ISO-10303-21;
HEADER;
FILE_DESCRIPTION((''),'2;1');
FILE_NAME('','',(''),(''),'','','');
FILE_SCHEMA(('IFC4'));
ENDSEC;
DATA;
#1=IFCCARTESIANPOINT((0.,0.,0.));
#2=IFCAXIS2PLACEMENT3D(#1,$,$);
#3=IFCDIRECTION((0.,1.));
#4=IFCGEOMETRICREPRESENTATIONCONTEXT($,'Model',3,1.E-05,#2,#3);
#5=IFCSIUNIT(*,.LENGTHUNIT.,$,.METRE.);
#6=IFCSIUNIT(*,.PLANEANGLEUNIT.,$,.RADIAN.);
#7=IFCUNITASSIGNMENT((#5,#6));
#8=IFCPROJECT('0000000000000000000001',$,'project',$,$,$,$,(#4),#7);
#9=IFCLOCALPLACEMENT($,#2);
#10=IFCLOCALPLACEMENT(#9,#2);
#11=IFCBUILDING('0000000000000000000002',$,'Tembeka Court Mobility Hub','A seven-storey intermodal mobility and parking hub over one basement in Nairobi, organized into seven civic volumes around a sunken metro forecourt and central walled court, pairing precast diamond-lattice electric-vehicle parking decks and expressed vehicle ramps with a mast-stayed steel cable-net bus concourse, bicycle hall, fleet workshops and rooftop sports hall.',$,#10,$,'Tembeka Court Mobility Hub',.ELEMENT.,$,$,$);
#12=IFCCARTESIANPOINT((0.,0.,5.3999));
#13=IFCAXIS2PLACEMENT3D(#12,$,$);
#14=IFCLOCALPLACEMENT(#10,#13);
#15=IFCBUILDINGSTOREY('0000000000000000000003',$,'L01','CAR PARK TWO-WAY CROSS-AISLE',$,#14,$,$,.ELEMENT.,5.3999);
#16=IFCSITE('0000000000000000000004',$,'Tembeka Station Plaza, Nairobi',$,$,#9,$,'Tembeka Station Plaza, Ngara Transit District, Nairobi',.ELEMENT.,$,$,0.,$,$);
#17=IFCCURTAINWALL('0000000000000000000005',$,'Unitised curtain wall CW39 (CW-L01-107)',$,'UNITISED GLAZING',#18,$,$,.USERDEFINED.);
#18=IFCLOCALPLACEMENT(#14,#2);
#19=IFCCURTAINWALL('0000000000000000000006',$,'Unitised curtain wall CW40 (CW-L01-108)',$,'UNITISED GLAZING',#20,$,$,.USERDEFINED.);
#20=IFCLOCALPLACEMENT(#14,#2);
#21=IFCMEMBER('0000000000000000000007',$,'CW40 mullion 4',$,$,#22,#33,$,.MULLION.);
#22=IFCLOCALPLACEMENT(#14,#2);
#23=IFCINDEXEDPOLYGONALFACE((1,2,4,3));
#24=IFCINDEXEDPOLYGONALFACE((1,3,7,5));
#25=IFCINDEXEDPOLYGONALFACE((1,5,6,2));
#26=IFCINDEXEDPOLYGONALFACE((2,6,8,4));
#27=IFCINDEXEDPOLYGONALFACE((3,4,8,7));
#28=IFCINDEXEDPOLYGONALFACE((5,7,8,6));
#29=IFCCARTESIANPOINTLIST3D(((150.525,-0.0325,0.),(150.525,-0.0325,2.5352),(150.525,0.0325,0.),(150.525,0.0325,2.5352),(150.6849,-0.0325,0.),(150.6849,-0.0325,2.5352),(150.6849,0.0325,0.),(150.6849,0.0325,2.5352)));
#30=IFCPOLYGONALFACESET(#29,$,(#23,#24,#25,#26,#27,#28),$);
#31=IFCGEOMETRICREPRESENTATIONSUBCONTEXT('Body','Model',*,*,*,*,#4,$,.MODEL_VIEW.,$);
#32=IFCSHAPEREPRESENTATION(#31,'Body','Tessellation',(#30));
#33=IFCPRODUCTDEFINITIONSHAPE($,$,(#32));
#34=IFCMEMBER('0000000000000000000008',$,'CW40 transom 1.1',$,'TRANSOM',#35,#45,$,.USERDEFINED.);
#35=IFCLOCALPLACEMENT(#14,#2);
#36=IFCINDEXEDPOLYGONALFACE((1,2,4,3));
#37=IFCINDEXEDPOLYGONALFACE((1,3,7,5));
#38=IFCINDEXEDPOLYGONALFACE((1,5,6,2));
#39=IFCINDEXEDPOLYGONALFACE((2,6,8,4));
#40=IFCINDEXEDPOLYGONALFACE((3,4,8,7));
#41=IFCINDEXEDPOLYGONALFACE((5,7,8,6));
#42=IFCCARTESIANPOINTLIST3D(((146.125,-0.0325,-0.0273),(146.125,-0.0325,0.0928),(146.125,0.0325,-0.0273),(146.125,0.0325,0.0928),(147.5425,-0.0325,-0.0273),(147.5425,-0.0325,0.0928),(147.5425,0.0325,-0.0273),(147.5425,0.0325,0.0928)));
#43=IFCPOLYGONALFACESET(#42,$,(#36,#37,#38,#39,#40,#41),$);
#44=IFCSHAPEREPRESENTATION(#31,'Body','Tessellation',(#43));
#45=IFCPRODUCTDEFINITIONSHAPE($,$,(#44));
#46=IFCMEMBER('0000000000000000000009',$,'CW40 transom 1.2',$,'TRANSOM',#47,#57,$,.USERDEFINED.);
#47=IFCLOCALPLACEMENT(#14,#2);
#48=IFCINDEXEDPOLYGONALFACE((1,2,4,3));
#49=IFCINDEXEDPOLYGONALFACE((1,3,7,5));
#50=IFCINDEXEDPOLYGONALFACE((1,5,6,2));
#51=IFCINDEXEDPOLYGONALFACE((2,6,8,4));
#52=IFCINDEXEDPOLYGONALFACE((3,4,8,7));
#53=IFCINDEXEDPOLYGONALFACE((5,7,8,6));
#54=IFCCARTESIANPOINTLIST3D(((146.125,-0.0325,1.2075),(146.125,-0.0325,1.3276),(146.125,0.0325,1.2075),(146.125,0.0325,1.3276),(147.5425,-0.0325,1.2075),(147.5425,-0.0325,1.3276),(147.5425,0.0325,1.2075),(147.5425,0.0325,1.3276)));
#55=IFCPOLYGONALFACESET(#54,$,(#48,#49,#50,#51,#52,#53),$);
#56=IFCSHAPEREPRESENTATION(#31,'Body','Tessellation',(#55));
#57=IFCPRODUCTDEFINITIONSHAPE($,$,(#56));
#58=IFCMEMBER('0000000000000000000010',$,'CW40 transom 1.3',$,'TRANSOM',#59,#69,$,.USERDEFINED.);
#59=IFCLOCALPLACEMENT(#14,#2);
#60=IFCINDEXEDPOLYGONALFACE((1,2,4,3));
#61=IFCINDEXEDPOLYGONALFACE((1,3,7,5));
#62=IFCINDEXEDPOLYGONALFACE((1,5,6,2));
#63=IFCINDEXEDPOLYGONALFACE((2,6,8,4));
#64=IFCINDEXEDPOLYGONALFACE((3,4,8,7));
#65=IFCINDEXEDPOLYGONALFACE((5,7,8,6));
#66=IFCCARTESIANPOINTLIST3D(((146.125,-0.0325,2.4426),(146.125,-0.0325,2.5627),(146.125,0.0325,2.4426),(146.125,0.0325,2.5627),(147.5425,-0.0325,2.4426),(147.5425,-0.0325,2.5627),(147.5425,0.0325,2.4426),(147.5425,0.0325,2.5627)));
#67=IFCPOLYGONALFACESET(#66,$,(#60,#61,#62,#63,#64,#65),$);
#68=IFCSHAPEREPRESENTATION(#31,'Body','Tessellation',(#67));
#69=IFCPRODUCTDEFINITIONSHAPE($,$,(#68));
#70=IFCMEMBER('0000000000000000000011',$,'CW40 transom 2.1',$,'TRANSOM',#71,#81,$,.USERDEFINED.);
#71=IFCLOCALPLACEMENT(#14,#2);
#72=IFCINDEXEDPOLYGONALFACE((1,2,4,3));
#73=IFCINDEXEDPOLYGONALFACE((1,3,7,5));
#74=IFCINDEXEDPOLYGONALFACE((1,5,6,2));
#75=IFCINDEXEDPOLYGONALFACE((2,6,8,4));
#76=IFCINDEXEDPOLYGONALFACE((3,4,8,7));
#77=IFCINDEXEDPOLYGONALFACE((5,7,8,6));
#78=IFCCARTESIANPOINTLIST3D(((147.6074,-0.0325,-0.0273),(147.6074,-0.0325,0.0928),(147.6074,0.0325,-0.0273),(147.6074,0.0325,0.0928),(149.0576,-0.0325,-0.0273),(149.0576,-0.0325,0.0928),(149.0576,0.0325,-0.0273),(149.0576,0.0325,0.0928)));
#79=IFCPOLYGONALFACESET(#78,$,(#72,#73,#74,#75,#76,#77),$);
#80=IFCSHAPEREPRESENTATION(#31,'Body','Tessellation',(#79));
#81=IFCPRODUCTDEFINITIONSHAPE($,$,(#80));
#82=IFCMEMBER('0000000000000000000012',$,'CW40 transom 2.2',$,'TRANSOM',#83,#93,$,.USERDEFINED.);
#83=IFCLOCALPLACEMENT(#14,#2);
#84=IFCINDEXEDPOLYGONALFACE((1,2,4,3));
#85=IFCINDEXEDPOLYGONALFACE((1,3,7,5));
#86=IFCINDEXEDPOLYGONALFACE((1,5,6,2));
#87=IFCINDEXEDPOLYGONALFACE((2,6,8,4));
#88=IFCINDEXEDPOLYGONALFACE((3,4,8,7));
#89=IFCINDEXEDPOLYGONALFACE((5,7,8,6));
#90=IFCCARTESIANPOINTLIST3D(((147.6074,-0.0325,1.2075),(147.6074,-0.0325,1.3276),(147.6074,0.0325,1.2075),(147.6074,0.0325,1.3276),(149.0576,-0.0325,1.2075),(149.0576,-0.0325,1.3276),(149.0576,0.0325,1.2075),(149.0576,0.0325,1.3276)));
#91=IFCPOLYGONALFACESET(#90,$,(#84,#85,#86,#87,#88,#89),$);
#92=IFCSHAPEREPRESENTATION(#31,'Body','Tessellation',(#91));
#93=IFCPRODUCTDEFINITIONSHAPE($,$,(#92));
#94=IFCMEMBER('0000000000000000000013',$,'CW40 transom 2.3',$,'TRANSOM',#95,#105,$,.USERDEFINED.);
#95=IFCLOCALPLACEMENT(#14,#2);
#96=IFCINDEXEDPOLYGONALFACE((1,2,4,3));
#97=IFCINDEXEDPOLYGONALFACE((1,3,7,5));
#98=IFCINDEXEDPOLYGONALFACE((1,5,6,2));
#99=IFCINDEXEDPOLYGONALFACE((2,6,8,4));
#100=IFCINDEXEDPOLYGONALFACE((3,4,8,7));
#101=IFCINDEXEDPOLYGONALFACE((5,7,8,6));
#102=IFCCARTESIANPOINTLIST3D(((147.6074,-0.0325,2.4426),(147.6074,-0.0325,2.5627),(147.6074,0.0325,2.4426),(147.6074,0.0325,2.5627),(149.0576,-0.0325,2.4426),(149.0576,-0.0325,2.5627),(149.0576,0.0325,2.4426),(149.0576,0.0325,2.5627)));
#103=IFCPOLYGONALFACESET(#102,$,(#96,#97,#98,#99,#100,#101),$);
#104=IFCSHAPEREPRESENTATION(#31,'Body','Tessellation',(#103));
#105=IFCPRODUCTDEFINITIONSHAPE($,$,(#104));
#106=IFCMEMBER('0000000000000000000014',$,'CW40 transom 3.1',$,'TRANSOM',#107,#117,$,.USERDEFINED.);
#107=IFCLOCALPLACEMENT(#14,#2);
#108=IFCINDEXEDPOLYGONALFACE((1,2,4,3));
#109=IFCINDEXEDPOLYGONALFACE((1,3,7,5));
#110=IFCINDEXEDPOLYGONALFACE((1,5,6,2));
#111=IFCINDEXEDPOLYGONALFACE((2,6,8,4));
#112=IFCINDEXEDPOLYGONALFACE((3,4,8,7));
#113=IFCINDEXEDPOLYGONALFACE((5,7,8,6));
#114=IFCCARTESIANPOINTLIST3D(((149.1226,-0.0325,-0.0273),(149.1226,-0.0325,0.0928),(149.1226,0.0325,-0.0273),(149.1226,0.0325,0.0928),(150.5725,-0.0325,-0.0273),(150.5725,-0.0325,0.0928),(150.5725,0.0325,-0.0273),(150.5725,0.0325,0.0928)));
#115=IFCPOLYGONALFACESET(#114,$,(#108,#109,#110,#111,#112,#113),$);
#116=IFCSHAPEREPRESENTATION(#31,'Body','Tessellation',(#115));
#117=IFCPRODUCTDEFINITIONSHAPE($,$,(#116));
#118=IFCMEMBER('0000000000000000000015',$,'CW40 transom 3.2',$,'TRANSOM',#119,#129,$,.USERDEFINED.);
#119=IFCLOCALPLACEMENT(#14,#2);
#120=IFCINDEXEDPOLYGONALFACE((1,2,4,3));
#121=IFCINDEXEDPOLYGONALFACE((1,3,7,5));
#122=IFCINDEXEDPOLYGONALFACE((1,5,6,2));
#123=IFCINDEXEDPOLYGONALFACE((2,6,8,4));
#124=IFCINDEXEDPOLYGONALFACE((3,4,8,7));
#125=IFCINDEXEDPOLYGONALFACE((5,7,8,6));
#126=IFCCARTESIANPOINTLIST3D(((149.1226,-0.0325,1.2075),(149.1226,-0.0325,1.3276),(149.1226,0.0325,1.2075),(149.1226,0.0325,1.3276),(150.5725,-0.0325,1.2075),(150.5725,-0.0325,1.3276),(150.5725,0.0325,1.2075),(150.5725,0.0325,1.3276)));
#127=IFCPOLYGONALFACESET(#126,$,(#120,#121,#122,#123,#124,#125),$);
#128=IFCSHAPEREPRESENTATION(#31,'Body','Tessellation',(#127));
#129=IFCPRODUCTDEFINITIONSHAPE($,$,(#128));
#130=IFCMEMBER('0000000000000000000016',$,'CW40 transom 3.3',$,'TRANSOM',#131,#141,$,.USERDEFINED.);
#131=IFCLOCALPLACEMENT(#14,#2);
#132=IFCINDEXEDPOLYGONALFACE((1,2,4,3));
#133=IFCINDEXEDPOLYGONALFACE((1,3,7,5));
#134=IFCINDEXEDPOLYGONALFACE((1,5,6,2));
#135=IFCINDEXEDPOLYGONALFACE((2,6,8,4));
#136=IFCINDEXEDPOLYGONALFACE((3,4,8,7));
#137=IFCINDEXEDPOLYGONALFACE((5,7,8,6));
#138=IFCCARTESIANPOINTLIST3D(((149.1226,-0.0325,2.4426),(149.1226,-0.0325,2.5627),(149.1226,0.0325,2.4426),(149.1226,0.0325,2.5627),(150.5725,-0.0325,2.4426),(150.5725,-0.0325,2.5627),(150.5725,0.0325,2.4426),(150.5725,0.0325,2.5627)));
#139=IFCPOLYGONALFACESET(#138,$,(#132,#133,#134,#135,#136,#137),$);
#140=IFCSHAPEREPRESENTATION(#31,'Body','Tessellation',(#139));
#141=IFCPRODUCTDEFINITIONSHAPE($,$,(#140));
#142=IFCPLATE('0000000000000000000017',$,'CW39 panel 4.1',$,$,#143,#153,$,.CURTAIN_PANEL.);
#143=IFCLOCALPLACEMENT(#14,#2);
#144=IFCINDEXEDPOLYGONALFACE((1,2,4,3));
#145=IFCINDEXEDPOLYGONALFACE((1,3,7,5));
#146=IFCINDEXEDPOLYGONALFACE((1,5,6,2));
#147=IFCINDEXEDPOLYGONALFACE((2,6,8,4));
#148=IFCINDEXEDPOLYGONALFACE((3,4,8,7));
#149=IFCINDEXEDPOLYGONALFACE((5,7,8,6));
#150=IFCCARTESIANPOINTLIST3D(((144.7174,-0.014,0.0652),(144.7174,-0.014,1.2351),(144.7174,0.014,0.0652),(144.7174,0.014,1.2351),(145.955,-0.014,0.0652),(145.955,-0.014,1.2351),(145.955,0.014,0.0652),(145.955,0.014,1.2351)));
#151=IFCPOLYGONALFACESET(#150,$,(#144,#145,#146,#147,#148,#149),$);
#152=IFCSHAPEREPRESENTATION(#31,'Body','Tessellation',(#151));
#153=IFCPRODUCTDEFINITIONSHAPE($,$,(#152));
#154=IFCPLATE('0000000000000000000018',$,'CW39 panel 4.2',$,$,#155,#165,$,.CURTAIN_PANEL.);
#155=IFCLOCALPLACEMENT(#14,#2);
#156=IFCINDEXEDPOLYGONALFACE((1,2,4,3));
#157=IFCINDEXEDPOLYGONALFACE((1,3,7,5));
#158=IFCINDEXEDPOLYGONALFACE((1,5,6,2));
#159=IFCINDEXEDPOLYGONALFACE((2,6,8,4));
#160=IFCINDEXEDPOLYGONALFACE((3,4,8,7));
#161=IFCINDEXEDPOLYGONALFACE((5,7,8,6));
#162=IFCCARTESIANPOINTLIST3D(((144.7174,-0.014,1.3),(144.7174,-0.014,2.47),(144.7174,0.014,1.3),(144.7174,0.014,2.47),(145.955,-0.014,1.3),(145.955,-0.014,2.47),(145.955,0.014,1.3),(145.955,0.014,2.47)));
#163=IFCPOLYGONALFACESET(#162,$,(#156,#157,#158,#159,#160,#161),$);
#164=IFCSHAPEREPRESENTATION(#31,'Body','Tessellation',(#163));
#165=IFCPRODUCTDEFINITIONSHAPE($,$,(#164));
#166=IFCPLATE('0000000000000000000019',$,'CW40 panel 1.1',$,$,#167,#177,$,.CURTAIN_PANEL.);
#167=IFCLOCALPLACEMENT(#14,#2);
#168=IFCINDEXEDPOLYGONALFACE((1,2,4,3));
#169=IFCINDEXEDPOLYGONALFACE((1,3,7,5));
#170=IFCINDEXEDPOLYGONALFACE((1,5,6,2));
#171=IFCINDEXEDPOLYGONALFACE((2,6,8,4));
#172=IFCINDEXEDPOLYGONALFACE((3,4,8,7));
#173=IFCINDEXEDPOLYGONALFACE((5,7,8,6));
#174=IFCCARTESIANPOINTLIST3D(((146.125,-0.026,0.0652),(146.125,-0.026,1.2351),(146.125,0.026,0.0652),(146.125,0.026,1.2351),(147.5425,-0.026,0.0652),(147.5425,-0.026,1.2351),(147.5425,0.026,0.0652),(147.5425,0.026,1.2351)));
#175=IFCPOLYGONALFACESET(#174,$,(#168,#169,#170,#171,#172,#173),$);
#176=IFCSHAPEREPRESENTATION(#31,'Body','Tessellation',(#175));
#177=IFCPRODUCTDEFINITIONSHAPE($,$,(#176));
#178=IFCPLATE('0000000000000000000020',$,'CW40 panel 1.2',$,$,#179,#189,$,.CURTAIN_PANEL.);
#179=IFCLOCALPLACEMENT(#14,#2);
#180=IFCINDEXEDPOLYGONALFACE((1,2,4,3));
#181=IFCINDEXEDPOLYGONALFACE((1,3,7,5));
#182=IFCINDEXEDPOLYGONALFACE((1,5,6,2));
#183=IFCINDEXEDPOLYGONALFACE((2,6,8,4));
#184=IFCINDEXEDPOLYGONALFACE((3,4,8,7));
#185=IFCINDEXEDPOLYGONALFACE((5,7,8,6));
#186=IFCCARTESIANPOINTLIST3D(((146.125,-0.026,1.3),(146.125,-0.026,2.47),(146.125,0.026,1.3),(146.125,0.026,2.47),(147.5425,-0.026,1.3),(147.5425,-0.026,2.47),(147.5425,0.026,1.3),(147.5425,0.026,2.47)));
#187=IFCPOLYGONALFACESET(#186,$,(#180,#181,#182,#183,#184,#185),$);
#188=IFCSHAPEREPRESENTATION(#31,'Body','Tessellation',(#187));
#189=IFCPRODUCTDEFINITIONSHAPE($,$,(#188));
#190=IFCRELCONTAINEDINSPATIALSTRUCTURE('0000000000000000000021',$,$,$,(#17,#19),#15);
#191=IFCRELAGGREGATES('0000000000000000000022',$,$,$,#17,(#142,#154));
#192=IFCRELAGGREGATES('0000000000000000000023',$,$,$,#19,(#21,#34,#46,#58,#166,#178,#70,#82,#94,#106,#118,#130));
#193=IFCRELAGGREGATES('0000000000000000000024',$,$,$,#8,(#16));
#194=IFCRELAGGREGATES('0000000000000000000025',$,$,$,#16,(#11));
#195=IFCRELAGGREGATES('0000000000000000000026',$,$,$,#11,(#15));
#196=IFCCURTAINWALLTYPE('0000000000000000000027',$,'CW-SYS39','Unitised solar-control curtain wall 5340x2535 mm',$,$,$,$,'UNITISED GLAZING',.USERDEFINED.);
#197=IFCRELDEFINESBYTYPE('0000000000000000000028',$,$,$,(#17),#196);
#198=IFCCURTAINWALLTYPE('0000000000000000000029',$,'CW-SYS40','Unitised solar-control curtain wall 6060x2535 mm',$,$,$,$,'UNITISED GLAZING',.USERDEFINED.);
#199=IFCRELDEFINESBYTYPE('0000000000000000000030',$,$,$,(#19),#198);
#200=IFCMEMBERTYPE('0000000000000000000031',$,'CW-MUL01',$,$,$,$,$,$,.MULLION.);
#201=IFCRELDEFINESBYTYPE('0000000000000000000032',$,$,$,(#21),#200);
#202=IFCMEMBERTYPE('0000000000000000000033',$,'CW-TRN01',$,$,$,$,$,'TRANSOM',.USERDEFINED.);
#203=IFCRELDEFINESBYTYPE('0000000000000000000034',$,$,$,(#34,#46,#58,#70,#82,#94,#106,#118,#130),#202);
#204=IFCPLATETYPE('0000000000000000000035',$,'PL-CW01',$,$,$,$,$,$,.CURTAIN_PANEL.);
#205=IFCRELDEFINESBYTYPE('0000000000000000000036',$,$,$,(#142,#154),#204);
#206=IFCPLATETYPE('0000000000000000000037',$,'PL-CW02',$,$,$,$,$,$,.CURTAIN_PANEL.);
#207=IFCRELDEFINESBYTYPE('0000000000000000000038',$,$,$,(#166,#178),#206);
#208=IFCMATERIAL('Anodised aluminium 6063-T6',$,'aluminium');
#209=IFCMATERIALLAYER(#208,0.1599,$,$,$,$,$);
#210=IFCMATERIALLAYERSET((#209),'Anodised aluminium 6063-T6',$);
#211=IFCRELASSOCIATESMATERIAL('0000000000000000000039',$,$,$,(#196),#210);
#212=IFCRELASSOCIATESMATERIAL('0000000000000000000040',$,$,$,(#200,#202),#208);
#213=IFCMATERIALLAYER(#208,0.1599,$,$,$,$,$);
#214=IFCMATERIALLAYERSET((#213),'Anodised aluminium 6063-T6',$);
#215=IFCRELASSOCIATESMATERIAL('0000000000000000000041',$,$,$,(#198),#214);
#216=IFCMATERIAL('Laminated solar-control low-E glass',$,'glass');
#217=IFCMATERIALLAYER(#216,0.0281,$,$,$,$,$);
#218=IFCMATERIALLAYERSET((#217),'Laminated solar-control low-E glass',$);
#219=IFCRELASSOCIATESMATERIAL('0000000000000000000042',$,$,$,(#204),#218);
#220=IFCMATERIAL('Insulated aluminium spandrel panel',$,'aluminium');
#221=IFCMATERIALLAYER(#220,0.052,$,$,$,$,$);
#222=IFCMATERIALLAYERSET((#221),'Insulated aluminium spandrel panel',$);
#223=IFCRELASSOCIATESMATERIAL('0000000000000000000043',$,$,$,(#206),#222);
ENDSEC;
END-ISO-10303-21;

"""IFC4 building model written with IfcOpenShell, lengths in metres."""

from ifc_helpers import new_model, si_unit, direction, frame, origin, origin_2d, place, context, subcontext, project, spatial, rectangle, extrude, material, layer, layer_set, material_profile, profile_set, type_object, element, aggregate, save


model = new_model("IFC4")

# Units and contexts
model_context = context("Model", 3, precision=1e-05, world=origin(), true_north=direction((0.0, 1.0)))
body_context = subcontext(model_context, "Body", "Model", "MODEL_VIEW")
ifc_project = project(units=[si_unit("LENGTHUNIT", "METRE"), si_unit("PLANEANGLEUNIT", "RADIAN")], contexts=[model_context])

# Site, building, storey
site_placement = place(None, origin())
site = spatial("IfcSite", under=ifc_project, at=site_placement, Name="Tembeka Station Plaza, Nairobi", LongName="Tembeka Station Plaza, Ngara Transit District, Nairobi", CompositionType="ELEMENT", RefElevation=0.0)
building_placement = place(site_placement, origin())
building = spatial("IfcBuilding", under=site, at=building_placement, Name="Tembeka Court Mobility Hub", Description="A seven-storey intermodal mobility and parking hub over one basement in Nairobi, organized into seven civic volumes around a sunken metro forecourt and central walled court, pairing precast diamond-lattice electric-vehicle parking decks and expressed vehicle ramps with a mast-stayed steel cable-net bus concourse, bicycle hall, fleet workshops and rooftop sports hall.", LongName="Tembeka Court Mobility Hub", CompositionType="ELEMENT")
storey_placement = place(building_placement, frame((0.0, 0.0, 5.3999)))
storey = spatial("IfcBuildingStorey", under=building, at=storey_placement, Name="L01", Description="CAR PARK TWO-WAY CROSS-AISLE", CompositionType="ELEMENT", Elevation=5.3999)

# Curtain wall
ifc_material_1 = material(Name="Anodised aluminium 6063-T6", Category="aluminium")
ifc_layer_1 = layer(ifc_material_1, 0.1599)
ifc_layer_set_1 = layer_set([ifc_layer_1], Name="Anodised aluminium 6063-T6")
curtain_wall_type_1 = type_object("IfcCurtainWallType", Name="CW-SYS39", Description="Unitised solar-control curtain wall 5340x2535 mm", ElementType="UNITISED GLAZING", PredefinedType="USERDEFINED", material=ifc_layer_set_1)
curtain_wall_1_placement = place(storey_placement, origin())
curtain_wall_1 = element("IfcCurtainWall", 1, at=curtain_wall_1_placement, inside=storey, type_object=curtain_wall_type_1, Name="Unitised curtain wall CW39 (CW-L01-107)", ObjectType="UNITISED GLAZING", PredefinedType="USERDEFINED")
ifc_material_profile_1 = material_profile(ifc_material_1, rectangle(XDim=0.0649, YDim=0.1599, at=origin_2d()), Name="ALU-MUL 65x160")
ifc_profile_set_1 = profile_set([ifc_material_profile_1], Name="Anodised aluminium 6063-T6")
member_type_1 = type_object("IfcMemberType", Name="CW-MUL01", PredefinedType="MULLION", material=ifc_profile_set_1)

# Curtain wall, members
ifc_layer_2 = layer(ifc_material_1, 0.1599)
ifc_layer_set_2 = layer_set([ifc_layer_2], Name="Anodised aluminium 6063-T6")
curtain_wall_type_2 = type_object("IfcCurtainWallType", Name="CW-SYS40", Description="Unitised solar-control curtain wall 6060x2535 mm", ElementType="UNITISED GLAZING", PredefinedType="USERDEFINED", material=ifc_layer_set_2)
curtain_wall_2_placement = place(storey_placement, origin())
curtain_wall_2 = element("IfcCurtainWall", 2, at=curtain_wall_2_placement, inside=storey, type_object=curtain_wall_type_2, Name="Unitised curtain wall CW40 (CW-L01-108)", ObjectType="UNITISED GLAZING", PredefinedType="USERDEFINED")
member_1_placement = place(storey_placement, frame((150.605, 0.0, 0.0), z_axis=(0.0, 0.0, 1.0), x_axis=(0.0, 1.0, 0.0)))
member_1 = element("IfcMember", 3, at=member_1_placement, type_object=member_type_1, Name="CW40 mullion 4", PredefinedType="MULLION", context=body_context, shape_type="SweptSolid", body=[
    extrude(rectangle(XDim=0.0649, YDim=0.1599, at=origin_2d()), origin(), (0.0, 0.0, 1.0), 2.5352),
])
ifc_material_profile_2 = material_profile(ifc_material_1, rectangle(XDim=0.0649, YDim=0.1201, at=origin_2d()), Name="ALU-TRN 65x120")
ifc_profile_set_2 = profile_set([ifc_material_profile_2], Name="Anodised aluminium 6063-T6")
member_type_2 = type_object("IfcMemberType", Name="CW-TRN01", ElementType="TRANSOM", PredefinedType="USERDEFINED", material=ifc_profile_set_2)
member_2_placement = place(storey_placement, frame((146.125, 0.0, 0.0327), z_axis=(1.0, 0.0, 0.0), x_axis=(0.0, 1.0, 0.0)))
member_2 = element("IfcMember", 4, at=member_2_placement, type_object=member_type_2, Name="CW40 transom 1.1", ObjectType="TRANSOM", PredefinedType="USERDEFINED", context=body_context, shape_type="SweptSolid", body=[
    extrude(rectangle(XDim=0.0649, YDim=0.1201, at=origin_2d()), origin(), (0.0, 0.0, 1.0), 1.4175),
])
member_3_placement = place(storey_placement, frame((146.125, 0.0, 1.2676), z_axis=(1.0, 0.0, 0.0), x_axis=(0.0, 1.0, 0.0)))
member_3 = element("IfcMember", 5, at=member_3_placement, type_object=member_type_2, Name="CW40 transom 1.2", ObjectType="TRANSOM", PredefinedType="USERDEFINED", context=body_context, shape_type="SweptSolid", body=[
    extrude(rectangle(XDim=0.0649, YDim=0.1201, at=origin_2d()), origin(), (0.0, 0.0, 1.0), 1.4175),
])
member_4_placement = place(storey_placement, frame((146.125, 0.0, 2.5027), z_axis=(1.0, 0.0, 0.0), x_axis=(0.0, 1.0, 0.0)))
member_4 = element("IfcMember", 6, at=member_4_placement, type_object=member_type_2, Name="CW40 transom 1.3", ObjectType="TRANSOM", PredefinedType="USERDEFINED", context=body_context, shape_type="SweptSolid", body=[
    extrude(rectangle(XDim=0.0649, YDim=0.1201, at=origin_2d()), origin(), (0.0, 0.0, 1.0), 1.4175),
])
member_5_placement = place(storey_placement, frame((147.6074, 0.0, 0.0327), z_axis=(1.0, 0.0, 0.0), x_axis=(0.0, 1.0, 0.0)))
member_5 = element("IfcMember", 7, at=member_5_placement, type_object=member_type_2, Name="CW40 transom 2.1", ObjectType="TRANSOM", PredefinedType="USERDEFINED", context=body_context, shape_type="SweptSolid", body=[
    extrude(rectangle(XDim=0.0649, YDim=0.1201, at=origin_2d()), origin(), (0.0, 0.0, 1.0), 1.4502),
])
member_6_placement = place(storey_placement, frame((147.6074, 0.0, 1.2676), z_axis=(1.0, 0.0, 0.0), x_axis=(0.0, 1.0, 0.0)))
member_6 = element("IfcMember", 8, at=member_6_placement, type_object=member_type_2, Name="CW40 transom 2.2", ObjectType="TRANSOM", PredefinedType="USERDEFINED", context=body_context, shape_type="SweptSolid", body=[
    extrude(rectangle(XDim=0.0649, YDim=0.1201, at=origin_2d()), origin(), (0.0, 0.0, 1.0), 1.4502),
])
member_7_placement = place(storey_placement, frame((147.6074, 0.0, 2.5027), z_axis=(1.0, 0.0, 0.0), x_axis=(0.0, 1.0, 0.0)))
member_7 = element("IfcMember", 9, at=member_7_placement, type_object=member_type_2, Name="CW40 transom 2.3", ObjectType="TRANSOM", PredefinedType="USERDEFINED", context=body_context, shape_type="SweptSolid", body=[
    extrude(rectangle(XDim=0.0649, YDim=0.1201, at=origin_2d()), origin(), (0.0, 0.0, 1.0), 1.4502),
])
member_8_placement = place(storey_placement, frame((149.1226, 0.0, 0.0327), z_axis=(1.0, 0.0, 0.0), x_axis=(0.0, 1.0, 0.0)))
member_8 = element("IfcMember", 10, at=member_8_placement, type_object=member_type_2, Name="CW40 transom 3.1", ObjectType="TRANSOM", PredefinedType="USERDEFINED", context=body_context, shape_type="SweptSolid", body=[
    extrude(rectangle(XDim=0.0649, YDim=0.1201, at=origin_2d()), origin(), (0.0, 0.0, 1.0), 1.45),
])
member_9_placement = place(storey_placement, frame((149.1226, 0.0, 1.2676), z_axis=(1.0, 0.0, 0.0), x_axis=(0.0, 1.0, 0.0)))
member_9 = element("IfcMember", 11, at=member_9_placement, type_object=member_type_2, Name="CW40 transom 3.2", ObjectType="TRANSOM", PredefinedType="USERDEFINED", context=body_context, shape_type="SweptSolid", body=[
    extrude(rectangle(XDim=0.0649, YDim=0.1201, at=origin_2d()), origin(), (0.0, 0.0, 1.0), 1.45),
])
member_10_placement = place(storey_placement, frame((149.1226, 0.0, 2.5027), z_axis=(1.0, 0.0, 0.0), x_axis=(0.0, 1.0, 0.0)))
member_10 = element("IfcMember", 12, at=member_10_placement, type_object=member_type_2, Name="CW40 transom 3.3", ObjectType="TRANSOM", PredefinedType="USERDEFINED", context=body_context, shape_type="SweptSolid", body=[
    extrude(rectangle(XDim=0.0649, YDim=0.1201, at=origin_2d()), origin(), (0.0, 0.0, 1.0), 1.45),
])

# Plates
ifc_material_2 = material(Name="Laminated solar-control low-E glass", Category="glass")
ifc_layer_3 = layer(ifc_material_2, 0.0281)
ifc_layer_set_3 = layer_set([ifc_layer_3], Name="Laminated solar-control low-E glass")
plate_type_1 = type_object("IfcPlateType", Name="PL-CW01", PredefinedType="CURTAIN_PANEL", material=ifc_layer_set_3)
plate_1_placement = place(storey_placement, frame((145.3362, 0.0, 0.0652), z_axis=(0.0, 0.0, 1.0), x_axis=(1.0, 0.0, 0.0)))
plate_1 = element("IfcPlate", 13, at=plate_1_placement, type_object=plate_type_1, Name="CW39 panel 4.1", PredefinedType="CURTAIN_PANEL", context=body_context, shape_type="SweptSolid", body=[
    extrude(rectangle(XDim=1.2375, YDim=0.0281, at=origin_2d()), origin(), (0.0, 0.0, 1.0), 1.1699),
])
plate_2_placement = place(storey_placement, frame((145.3362, 0.0, 1.3), z_axis=(0.0, 0.0, 1.0), x_axis=(1.0, 0.0, 0.0)))
plate_2 = element("IfcPlate", 14, at=plate_2_placement, type_object=plate_type_1, Name="CW39 panel 4.2", PredefinedType="CURTAIN_PANEL", context=body_context, shape_type="SweptSolid", body=[
    extrude(rectangle(XDim=1.2375, YDim=0.0281, at=origin_2d()), origin(), (0.0, 0.0, 1.0), 1.1699),
])
aggregate(curtain_wall_1, [plate_1, plate_2])
ifc_material_3 = material(Name="Insulated aluminium spandrel panel", Category="aluminium")
ifc_layer_4 = layer(ifc_material_3, 0.052)
ifc_layer_set_4 = layer_set([ifc_layer_4], Name="Insulated aluminium spandrel panel")
plate_type_2 = type_object("IfcPlateType", Name="PL-CW02", PredefinedType="CURTAIN_PANEL", material=ifc_layer_set_4)
plate_3_placement = place(storey_placement, frame((146.8337, 0.0, 0.0652), z_axis=(0.0, 0.0, 1.0), x_axis=(1.0, 0.0, 0.0)))
plate_3 = element("IfcPlate", 15, at=plate_3_placement, type_object=plate_type_2, Name="CW40 panel 1.1", PredefinedType="CURTAIN_PANEL", context=body_context, shape_type="SweptSolid", body=[
    extrude(rectangle(XDim=1.4175, YDim=0.052, at=origin_2d()), origin(), (0.0, 0.0, 1.0), 1.1699),
])
plate_4_placement = place(storey_placement, frame((146.8337, 0.0, 1.3), z_axis=(0.0, 0.0, 1.0), x_axis=(1.0, 0.0, 0.0)))
plate_4 = element("IfcPlate", 16, at=plate_4_placement, type_object=plate_type_2, Name="CW40 panel 1.2", PredefinedType="CURTAIN_PANEL", context=body_context, shape_type="SweptSolid", body=[
    extrude(rectangle(XDim=1.4175, YDim=0.052, at=origin_2d()), origin(), (0.0, 0.0, 1.0), 1.1699),
])
aggregate(curtain_wall_2, [member_1, member_2, member_3, member_4, plate_3, plate_4, member_5, member_6, member_7, member_8, member_9, member_10])

save(model, "model.ifc")
